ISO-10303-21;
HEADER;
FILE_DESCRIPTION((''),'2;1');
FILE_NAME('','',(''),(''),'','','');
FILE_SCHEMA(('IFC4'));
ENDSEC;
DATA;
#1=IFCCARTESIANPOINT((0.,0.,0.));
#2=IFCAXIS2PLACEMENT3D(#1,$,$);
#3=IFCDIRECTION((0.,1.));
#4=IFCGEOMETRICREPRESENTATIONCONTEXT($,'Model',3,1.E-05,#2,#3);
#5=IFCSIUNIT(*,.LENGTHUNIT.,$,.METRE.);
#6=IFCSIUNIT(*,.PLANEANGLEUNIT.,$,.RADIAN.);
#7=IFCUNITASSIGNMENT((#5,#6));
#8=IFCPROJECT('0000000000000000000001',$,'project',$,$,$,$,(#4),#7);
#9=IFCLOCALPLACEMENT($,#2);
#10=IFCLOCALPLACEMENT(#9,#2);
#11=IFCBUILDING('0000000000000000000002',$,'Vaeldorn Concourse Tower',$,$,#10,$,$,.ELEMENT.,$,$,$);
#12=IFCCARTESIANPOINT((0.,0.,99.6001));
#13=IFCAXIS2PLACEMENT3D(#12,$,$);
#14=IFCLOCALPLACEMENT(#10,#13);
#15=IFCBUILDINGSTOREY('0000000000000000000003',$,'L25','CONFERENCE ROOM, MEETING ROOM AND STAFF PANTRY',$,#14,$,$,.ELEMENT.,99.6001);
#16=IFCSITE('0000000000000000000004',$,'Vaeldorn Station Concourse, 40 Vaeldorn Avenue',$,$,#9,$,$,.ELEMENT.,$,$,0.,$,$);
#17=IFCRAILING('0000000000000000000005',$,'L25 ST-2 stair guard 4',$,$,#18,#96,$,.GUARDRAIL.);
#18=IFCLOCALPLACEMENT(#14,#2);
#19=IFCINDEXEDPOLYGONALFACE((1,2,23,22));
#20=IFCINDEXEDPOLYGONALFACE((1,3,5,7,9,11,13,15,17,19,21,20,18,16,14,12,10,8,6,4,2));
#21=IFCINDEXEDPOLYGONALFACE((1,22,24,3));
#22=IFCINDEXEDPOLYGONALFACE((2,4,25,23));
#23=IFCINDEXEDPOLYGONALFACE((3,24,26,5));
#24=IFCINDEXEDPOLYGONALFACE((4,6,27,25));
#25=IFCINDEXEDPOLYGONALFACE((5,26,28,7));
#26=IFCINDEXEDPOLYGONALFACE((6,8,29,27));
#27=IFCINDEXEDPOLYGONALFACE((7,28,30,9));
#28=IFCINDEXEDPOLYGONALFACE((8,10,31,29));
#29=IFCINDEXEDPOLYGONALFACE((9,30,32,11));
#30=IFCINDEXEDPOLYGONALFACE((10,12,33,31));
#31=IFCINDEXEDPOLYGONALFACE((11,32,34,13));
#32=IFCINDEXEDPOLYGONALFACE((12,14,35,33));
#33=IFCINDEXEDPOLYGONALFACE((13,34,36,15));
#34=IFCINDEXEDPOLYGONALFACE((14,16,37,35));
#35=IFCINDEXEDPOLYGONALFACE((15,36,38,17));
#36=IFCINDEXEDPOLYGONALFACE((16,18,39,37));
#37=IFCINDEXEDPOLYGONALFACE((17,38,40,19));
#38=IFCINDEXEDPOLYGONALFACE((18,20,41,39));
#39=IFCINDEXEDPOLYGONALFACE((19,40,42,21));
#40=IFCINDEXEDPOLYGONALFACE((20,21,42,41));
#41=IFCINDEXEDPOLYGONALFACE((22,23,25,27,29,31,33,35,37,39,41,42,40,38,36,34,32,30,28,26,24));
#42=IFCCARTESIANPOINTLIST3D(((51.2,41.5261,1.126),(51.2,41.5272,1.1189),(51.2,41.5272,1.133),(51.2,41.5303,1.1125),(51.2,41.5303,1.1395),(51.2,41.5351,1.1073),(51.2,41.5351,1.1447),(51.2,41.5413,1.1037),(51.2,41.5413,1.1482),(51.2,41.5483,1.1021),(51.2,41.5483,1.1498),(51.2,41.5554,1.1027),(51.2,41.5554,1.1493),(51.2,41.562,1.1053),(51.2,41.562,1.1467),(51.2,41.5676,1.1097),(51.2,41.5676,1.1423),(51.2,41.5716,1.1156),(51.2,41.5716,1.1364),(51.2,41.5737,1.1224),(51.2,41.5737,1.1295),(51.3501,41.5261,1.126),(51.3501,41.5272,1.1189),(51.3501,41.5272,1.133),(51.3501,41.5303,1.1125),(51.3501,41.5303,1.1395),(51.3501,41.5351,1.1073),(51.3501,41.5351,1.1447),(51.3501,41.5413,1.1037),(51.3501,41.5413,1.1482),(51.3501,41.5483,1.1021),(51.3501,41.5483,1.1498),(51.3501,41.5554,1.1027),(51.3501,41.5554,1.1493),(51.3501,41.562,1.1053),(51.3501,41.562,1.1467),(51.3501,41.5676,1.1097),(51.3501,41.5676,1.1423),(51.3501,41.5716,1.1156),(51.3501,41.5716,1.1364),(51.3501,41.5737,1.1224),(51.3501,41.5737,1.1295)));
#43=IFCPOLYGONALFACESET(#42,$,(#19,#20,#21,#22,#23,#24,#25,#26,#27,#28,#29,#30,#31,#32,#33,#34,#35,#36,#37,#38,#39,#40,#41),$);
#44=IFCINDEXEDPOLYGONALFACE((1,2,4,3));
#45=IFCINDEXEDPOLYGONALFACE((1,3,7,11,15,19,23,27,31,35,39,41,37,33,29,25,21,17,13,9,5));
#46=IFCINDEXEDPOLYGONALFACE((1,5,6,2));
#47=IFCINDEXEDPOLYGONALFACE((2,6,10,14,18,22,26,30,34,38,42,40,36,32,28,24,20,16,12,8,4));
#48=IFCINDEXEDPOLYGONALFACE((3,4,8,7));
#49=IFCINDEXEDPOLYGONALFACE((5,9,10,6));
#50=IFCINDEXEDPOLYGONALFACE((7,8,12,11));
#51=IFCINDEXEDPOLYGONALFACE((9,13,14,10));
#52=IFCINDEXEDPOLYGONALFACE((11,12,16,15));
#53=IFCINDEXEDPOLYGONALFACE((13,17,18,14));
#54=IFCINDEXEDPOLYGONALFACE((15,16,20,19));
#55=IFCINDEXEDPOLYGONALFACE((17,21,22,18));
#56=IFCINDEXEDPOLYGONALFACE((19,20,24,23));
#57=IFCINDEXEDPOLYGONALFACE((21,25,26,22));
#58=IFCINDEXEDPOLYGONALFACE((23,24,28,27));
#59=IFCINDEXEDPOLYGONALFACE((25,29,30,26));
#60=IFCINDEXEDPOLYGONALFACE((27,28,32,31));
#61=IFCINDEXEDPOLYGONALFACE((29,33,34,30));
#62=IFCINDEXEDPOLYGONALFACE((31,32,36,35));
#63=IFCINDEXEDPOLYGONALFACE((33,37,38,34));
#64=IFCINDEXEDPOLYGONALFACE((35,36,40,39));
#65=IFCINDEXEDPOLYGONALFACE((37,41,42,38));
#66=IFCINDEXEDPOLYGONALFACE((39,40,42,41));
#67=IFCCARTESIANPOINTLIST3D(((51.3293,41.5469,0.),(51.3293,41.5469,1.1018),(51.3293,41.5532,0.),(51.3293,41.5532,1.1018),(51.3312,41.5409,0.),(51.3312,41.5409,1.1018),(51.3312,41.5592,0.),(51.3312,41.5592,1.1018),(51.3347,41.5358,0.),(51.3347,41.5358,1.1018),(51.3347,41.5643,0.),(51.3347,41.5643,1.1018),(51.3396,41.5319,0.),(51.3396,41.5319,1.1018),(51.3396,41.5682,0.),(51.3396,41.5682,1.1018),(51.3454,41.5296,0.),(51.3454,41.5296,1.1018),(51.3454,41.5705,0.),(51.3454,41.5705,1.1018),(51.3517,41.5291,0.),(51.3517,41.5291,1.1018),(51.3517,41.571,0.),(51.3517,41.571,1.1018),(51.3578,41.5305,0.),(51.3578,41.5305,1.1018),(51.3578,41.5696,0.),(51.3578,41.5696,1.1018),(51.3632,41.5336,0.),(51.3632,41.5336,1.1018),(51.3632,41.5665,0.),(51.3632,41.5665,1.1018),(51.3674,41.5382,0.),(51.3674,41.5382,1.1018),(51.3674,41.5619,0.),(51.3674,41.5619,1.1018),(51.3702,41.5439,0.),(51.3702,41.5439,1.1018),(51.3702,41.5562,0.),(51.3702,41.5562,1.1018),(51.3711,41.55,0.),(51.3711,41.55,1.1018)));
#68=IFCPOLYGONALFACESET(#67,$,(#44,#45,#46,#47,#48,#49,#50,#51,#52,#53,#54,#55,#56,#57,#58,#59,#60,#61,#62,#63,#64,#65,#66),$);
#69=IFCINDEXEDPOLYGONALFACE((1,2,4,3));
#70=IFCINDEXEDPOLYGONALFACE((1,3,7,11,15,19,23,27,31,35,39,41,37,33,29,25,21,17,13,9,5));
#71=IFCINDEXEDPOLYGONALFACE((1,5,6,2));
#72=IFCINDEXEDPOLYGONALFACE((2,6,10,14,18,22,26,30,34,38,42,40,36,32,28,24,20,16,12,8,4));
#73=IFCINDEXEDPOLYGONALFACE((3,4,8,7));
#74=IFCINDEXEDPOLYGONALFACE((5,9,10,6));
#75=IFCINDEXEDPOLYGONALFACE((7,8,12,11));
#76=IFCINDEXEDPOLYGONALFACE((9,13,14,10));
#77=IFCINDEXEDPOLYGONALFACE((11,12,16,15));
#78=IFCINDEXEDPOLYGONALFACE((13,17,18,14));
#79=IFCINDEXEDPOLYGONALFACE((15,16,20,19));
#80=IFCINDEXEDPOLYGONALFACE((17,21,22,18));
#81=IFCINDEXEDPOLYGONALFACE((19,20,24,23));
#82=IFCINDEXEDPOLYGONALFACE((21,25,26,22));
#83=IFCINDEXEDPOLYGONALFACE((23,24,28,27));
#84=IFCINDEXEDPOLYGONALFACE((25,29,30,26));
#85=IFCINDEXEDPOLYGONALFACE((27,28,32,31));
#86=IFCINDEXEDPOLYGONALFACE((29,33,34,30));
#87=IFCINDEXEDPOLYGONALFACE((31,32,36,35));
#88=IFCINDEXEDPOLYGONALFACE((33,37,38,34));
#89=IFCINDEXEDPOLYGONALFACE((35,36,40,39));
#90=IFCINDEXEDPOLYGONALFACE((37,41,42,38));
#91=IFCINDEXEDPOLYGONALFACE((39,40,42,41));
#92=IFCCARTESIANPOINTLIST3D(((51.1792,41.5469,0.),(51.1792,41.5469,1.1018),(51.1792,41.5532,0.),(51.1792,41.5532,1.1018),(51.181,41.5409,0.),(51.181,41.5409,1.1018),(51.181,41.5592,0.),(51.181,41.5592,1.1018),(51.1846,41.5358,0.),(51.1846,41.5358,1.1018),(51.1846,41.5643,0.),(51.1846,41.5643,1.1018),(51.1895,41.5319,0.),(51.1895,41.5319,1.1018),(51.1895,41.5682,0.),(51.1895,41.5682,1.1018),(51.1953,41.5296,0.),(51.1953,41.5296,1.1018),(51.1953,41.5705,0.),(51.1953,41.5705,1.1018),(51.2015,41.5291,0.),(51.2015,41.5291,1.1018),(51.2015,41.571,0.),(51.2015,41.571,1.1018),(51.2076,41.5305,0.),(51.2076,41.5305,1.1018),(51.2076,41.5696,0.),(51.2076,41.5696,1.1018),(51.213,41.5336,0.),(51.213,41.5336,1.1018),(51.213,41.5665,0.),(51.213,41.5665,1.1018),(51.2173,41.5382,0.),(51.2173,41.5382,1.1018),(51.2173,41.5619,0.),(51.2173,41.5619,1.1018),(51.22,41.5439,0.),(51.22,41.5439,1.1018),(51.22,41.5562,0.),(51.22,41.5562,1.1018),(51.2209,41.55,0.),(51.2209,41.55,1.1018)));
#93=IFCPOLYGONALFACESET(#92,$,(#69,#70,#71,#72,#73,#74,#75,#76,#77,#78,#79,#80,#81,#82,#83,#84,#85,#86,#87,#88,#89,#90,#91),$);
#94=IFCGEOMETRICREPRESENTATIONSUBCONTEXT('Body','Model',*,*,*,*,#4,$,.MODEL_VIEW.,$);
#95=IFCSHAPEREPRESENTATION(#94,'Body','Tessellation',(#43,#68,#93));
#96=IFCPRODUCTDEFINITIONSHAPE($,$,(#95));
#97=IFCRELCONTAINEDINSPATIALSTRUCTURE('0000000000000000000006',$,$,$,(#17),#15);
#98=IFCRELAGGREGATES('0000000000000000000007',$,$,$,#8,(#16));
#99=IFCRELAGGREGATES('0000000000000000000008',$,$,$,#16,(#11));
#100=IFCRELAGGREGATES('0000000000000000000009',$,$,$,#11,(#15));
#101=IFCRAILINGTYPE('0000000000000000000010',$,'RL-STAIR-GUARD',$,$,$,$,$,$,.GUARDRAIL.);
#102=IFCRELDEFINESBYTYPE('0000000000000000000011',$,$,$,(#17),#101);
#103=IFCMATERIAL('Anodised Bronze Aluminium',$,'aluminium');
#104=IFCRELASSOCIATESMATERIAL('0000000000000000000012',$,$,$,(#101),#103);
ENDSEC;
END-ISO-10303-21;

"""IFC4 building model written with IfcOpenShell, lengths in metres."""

from ifc_helpers import new_model, si_unit, direction, frame, origin, origin_2d, place, context, subcontext, project, spatial, circle, extrude, material, type_object, element, save


model = new_model("IFC4")

# Units and contexts
model_context = context("Model", 3, precision=1e-05, world=origin(), true_north=direction((0.0, 1.0)))
body_context = subcontext(model_context, "Body", "Model", "MODEL_VIEW")
ifc_project = project(units=[si_unit("LENGTHUNIT", "METRE"), si_unit("PLANEANGLEUNIT", "RADIAN")], contexts=[model_context])

# Site, building, storey
site_placement = place(None, origin())
site = spatial("IfcSite", under=ifc_project, at=site_placement, Name="Vaeldorn Station Concourse, 40 Vaeldorn Avenue", CompositionType="ELEMENT", RefElevation=0.0)
building_placement = place(site_placement, origin())
building = spatial("IfcBuilding", under=site, at=building_placement, Name="Vaeldorn Concourse Tower", CompositionType="ELEMENT")
storey_placement = place(building_placement, frame((0.0, 0.0, 99.6001)))
storey = spatial("IfcBuildingStorey", under=building, at=storey_placement, Name="L25", Description="CONFERENCE ROOM, MEETING ROOM AND STAFF PANTRY", CompositionType="ELEMENT", Elevation=99.6001)

# Shared definitions
ifc_material_1 = material(Name="Anodised Bronze Aluminium", Category="aluminium")

# Railing
railing_type_1 = type_object("IfcRailingType", Name="RL-STAIR-GUARD", PredefinedType="GUARDRAIL", material=ifc_material_1)
railing_1_placement = place(storey_placement, frame((51.3501, 41.55, 0.0)))
element("IfcRailing", 1, at=railing_1_placement, inside=storey, type_object=railing_type_1, Name="L25 ST-2 stair guard 4", PredefinedType="GUARDRAIL", context=body_context, shape_type="SweptSolid", body=[
    extrude(circle(Radius=0.0239, at=origin_2d()), frame((0.0, 0.0, 1.126), z_axis=(-1.0, 0.0, 0.0), x_axis=(0.0, -1.0, 0.0)), (0.0, 0.0, 1.0), 0.1501),
    extrude(circle(Radius=0.021, at=origin_2d()), origin(), (0.0, 0.0, 1.0), 1.1018),
    extrude(circle(Radius=0.021, at=origin_2d()), frame((-0.1501, 0.0, 0.0)), (0.0, 0.0, 1.0), 1.1018),
])

save(model, "model.ifc")
